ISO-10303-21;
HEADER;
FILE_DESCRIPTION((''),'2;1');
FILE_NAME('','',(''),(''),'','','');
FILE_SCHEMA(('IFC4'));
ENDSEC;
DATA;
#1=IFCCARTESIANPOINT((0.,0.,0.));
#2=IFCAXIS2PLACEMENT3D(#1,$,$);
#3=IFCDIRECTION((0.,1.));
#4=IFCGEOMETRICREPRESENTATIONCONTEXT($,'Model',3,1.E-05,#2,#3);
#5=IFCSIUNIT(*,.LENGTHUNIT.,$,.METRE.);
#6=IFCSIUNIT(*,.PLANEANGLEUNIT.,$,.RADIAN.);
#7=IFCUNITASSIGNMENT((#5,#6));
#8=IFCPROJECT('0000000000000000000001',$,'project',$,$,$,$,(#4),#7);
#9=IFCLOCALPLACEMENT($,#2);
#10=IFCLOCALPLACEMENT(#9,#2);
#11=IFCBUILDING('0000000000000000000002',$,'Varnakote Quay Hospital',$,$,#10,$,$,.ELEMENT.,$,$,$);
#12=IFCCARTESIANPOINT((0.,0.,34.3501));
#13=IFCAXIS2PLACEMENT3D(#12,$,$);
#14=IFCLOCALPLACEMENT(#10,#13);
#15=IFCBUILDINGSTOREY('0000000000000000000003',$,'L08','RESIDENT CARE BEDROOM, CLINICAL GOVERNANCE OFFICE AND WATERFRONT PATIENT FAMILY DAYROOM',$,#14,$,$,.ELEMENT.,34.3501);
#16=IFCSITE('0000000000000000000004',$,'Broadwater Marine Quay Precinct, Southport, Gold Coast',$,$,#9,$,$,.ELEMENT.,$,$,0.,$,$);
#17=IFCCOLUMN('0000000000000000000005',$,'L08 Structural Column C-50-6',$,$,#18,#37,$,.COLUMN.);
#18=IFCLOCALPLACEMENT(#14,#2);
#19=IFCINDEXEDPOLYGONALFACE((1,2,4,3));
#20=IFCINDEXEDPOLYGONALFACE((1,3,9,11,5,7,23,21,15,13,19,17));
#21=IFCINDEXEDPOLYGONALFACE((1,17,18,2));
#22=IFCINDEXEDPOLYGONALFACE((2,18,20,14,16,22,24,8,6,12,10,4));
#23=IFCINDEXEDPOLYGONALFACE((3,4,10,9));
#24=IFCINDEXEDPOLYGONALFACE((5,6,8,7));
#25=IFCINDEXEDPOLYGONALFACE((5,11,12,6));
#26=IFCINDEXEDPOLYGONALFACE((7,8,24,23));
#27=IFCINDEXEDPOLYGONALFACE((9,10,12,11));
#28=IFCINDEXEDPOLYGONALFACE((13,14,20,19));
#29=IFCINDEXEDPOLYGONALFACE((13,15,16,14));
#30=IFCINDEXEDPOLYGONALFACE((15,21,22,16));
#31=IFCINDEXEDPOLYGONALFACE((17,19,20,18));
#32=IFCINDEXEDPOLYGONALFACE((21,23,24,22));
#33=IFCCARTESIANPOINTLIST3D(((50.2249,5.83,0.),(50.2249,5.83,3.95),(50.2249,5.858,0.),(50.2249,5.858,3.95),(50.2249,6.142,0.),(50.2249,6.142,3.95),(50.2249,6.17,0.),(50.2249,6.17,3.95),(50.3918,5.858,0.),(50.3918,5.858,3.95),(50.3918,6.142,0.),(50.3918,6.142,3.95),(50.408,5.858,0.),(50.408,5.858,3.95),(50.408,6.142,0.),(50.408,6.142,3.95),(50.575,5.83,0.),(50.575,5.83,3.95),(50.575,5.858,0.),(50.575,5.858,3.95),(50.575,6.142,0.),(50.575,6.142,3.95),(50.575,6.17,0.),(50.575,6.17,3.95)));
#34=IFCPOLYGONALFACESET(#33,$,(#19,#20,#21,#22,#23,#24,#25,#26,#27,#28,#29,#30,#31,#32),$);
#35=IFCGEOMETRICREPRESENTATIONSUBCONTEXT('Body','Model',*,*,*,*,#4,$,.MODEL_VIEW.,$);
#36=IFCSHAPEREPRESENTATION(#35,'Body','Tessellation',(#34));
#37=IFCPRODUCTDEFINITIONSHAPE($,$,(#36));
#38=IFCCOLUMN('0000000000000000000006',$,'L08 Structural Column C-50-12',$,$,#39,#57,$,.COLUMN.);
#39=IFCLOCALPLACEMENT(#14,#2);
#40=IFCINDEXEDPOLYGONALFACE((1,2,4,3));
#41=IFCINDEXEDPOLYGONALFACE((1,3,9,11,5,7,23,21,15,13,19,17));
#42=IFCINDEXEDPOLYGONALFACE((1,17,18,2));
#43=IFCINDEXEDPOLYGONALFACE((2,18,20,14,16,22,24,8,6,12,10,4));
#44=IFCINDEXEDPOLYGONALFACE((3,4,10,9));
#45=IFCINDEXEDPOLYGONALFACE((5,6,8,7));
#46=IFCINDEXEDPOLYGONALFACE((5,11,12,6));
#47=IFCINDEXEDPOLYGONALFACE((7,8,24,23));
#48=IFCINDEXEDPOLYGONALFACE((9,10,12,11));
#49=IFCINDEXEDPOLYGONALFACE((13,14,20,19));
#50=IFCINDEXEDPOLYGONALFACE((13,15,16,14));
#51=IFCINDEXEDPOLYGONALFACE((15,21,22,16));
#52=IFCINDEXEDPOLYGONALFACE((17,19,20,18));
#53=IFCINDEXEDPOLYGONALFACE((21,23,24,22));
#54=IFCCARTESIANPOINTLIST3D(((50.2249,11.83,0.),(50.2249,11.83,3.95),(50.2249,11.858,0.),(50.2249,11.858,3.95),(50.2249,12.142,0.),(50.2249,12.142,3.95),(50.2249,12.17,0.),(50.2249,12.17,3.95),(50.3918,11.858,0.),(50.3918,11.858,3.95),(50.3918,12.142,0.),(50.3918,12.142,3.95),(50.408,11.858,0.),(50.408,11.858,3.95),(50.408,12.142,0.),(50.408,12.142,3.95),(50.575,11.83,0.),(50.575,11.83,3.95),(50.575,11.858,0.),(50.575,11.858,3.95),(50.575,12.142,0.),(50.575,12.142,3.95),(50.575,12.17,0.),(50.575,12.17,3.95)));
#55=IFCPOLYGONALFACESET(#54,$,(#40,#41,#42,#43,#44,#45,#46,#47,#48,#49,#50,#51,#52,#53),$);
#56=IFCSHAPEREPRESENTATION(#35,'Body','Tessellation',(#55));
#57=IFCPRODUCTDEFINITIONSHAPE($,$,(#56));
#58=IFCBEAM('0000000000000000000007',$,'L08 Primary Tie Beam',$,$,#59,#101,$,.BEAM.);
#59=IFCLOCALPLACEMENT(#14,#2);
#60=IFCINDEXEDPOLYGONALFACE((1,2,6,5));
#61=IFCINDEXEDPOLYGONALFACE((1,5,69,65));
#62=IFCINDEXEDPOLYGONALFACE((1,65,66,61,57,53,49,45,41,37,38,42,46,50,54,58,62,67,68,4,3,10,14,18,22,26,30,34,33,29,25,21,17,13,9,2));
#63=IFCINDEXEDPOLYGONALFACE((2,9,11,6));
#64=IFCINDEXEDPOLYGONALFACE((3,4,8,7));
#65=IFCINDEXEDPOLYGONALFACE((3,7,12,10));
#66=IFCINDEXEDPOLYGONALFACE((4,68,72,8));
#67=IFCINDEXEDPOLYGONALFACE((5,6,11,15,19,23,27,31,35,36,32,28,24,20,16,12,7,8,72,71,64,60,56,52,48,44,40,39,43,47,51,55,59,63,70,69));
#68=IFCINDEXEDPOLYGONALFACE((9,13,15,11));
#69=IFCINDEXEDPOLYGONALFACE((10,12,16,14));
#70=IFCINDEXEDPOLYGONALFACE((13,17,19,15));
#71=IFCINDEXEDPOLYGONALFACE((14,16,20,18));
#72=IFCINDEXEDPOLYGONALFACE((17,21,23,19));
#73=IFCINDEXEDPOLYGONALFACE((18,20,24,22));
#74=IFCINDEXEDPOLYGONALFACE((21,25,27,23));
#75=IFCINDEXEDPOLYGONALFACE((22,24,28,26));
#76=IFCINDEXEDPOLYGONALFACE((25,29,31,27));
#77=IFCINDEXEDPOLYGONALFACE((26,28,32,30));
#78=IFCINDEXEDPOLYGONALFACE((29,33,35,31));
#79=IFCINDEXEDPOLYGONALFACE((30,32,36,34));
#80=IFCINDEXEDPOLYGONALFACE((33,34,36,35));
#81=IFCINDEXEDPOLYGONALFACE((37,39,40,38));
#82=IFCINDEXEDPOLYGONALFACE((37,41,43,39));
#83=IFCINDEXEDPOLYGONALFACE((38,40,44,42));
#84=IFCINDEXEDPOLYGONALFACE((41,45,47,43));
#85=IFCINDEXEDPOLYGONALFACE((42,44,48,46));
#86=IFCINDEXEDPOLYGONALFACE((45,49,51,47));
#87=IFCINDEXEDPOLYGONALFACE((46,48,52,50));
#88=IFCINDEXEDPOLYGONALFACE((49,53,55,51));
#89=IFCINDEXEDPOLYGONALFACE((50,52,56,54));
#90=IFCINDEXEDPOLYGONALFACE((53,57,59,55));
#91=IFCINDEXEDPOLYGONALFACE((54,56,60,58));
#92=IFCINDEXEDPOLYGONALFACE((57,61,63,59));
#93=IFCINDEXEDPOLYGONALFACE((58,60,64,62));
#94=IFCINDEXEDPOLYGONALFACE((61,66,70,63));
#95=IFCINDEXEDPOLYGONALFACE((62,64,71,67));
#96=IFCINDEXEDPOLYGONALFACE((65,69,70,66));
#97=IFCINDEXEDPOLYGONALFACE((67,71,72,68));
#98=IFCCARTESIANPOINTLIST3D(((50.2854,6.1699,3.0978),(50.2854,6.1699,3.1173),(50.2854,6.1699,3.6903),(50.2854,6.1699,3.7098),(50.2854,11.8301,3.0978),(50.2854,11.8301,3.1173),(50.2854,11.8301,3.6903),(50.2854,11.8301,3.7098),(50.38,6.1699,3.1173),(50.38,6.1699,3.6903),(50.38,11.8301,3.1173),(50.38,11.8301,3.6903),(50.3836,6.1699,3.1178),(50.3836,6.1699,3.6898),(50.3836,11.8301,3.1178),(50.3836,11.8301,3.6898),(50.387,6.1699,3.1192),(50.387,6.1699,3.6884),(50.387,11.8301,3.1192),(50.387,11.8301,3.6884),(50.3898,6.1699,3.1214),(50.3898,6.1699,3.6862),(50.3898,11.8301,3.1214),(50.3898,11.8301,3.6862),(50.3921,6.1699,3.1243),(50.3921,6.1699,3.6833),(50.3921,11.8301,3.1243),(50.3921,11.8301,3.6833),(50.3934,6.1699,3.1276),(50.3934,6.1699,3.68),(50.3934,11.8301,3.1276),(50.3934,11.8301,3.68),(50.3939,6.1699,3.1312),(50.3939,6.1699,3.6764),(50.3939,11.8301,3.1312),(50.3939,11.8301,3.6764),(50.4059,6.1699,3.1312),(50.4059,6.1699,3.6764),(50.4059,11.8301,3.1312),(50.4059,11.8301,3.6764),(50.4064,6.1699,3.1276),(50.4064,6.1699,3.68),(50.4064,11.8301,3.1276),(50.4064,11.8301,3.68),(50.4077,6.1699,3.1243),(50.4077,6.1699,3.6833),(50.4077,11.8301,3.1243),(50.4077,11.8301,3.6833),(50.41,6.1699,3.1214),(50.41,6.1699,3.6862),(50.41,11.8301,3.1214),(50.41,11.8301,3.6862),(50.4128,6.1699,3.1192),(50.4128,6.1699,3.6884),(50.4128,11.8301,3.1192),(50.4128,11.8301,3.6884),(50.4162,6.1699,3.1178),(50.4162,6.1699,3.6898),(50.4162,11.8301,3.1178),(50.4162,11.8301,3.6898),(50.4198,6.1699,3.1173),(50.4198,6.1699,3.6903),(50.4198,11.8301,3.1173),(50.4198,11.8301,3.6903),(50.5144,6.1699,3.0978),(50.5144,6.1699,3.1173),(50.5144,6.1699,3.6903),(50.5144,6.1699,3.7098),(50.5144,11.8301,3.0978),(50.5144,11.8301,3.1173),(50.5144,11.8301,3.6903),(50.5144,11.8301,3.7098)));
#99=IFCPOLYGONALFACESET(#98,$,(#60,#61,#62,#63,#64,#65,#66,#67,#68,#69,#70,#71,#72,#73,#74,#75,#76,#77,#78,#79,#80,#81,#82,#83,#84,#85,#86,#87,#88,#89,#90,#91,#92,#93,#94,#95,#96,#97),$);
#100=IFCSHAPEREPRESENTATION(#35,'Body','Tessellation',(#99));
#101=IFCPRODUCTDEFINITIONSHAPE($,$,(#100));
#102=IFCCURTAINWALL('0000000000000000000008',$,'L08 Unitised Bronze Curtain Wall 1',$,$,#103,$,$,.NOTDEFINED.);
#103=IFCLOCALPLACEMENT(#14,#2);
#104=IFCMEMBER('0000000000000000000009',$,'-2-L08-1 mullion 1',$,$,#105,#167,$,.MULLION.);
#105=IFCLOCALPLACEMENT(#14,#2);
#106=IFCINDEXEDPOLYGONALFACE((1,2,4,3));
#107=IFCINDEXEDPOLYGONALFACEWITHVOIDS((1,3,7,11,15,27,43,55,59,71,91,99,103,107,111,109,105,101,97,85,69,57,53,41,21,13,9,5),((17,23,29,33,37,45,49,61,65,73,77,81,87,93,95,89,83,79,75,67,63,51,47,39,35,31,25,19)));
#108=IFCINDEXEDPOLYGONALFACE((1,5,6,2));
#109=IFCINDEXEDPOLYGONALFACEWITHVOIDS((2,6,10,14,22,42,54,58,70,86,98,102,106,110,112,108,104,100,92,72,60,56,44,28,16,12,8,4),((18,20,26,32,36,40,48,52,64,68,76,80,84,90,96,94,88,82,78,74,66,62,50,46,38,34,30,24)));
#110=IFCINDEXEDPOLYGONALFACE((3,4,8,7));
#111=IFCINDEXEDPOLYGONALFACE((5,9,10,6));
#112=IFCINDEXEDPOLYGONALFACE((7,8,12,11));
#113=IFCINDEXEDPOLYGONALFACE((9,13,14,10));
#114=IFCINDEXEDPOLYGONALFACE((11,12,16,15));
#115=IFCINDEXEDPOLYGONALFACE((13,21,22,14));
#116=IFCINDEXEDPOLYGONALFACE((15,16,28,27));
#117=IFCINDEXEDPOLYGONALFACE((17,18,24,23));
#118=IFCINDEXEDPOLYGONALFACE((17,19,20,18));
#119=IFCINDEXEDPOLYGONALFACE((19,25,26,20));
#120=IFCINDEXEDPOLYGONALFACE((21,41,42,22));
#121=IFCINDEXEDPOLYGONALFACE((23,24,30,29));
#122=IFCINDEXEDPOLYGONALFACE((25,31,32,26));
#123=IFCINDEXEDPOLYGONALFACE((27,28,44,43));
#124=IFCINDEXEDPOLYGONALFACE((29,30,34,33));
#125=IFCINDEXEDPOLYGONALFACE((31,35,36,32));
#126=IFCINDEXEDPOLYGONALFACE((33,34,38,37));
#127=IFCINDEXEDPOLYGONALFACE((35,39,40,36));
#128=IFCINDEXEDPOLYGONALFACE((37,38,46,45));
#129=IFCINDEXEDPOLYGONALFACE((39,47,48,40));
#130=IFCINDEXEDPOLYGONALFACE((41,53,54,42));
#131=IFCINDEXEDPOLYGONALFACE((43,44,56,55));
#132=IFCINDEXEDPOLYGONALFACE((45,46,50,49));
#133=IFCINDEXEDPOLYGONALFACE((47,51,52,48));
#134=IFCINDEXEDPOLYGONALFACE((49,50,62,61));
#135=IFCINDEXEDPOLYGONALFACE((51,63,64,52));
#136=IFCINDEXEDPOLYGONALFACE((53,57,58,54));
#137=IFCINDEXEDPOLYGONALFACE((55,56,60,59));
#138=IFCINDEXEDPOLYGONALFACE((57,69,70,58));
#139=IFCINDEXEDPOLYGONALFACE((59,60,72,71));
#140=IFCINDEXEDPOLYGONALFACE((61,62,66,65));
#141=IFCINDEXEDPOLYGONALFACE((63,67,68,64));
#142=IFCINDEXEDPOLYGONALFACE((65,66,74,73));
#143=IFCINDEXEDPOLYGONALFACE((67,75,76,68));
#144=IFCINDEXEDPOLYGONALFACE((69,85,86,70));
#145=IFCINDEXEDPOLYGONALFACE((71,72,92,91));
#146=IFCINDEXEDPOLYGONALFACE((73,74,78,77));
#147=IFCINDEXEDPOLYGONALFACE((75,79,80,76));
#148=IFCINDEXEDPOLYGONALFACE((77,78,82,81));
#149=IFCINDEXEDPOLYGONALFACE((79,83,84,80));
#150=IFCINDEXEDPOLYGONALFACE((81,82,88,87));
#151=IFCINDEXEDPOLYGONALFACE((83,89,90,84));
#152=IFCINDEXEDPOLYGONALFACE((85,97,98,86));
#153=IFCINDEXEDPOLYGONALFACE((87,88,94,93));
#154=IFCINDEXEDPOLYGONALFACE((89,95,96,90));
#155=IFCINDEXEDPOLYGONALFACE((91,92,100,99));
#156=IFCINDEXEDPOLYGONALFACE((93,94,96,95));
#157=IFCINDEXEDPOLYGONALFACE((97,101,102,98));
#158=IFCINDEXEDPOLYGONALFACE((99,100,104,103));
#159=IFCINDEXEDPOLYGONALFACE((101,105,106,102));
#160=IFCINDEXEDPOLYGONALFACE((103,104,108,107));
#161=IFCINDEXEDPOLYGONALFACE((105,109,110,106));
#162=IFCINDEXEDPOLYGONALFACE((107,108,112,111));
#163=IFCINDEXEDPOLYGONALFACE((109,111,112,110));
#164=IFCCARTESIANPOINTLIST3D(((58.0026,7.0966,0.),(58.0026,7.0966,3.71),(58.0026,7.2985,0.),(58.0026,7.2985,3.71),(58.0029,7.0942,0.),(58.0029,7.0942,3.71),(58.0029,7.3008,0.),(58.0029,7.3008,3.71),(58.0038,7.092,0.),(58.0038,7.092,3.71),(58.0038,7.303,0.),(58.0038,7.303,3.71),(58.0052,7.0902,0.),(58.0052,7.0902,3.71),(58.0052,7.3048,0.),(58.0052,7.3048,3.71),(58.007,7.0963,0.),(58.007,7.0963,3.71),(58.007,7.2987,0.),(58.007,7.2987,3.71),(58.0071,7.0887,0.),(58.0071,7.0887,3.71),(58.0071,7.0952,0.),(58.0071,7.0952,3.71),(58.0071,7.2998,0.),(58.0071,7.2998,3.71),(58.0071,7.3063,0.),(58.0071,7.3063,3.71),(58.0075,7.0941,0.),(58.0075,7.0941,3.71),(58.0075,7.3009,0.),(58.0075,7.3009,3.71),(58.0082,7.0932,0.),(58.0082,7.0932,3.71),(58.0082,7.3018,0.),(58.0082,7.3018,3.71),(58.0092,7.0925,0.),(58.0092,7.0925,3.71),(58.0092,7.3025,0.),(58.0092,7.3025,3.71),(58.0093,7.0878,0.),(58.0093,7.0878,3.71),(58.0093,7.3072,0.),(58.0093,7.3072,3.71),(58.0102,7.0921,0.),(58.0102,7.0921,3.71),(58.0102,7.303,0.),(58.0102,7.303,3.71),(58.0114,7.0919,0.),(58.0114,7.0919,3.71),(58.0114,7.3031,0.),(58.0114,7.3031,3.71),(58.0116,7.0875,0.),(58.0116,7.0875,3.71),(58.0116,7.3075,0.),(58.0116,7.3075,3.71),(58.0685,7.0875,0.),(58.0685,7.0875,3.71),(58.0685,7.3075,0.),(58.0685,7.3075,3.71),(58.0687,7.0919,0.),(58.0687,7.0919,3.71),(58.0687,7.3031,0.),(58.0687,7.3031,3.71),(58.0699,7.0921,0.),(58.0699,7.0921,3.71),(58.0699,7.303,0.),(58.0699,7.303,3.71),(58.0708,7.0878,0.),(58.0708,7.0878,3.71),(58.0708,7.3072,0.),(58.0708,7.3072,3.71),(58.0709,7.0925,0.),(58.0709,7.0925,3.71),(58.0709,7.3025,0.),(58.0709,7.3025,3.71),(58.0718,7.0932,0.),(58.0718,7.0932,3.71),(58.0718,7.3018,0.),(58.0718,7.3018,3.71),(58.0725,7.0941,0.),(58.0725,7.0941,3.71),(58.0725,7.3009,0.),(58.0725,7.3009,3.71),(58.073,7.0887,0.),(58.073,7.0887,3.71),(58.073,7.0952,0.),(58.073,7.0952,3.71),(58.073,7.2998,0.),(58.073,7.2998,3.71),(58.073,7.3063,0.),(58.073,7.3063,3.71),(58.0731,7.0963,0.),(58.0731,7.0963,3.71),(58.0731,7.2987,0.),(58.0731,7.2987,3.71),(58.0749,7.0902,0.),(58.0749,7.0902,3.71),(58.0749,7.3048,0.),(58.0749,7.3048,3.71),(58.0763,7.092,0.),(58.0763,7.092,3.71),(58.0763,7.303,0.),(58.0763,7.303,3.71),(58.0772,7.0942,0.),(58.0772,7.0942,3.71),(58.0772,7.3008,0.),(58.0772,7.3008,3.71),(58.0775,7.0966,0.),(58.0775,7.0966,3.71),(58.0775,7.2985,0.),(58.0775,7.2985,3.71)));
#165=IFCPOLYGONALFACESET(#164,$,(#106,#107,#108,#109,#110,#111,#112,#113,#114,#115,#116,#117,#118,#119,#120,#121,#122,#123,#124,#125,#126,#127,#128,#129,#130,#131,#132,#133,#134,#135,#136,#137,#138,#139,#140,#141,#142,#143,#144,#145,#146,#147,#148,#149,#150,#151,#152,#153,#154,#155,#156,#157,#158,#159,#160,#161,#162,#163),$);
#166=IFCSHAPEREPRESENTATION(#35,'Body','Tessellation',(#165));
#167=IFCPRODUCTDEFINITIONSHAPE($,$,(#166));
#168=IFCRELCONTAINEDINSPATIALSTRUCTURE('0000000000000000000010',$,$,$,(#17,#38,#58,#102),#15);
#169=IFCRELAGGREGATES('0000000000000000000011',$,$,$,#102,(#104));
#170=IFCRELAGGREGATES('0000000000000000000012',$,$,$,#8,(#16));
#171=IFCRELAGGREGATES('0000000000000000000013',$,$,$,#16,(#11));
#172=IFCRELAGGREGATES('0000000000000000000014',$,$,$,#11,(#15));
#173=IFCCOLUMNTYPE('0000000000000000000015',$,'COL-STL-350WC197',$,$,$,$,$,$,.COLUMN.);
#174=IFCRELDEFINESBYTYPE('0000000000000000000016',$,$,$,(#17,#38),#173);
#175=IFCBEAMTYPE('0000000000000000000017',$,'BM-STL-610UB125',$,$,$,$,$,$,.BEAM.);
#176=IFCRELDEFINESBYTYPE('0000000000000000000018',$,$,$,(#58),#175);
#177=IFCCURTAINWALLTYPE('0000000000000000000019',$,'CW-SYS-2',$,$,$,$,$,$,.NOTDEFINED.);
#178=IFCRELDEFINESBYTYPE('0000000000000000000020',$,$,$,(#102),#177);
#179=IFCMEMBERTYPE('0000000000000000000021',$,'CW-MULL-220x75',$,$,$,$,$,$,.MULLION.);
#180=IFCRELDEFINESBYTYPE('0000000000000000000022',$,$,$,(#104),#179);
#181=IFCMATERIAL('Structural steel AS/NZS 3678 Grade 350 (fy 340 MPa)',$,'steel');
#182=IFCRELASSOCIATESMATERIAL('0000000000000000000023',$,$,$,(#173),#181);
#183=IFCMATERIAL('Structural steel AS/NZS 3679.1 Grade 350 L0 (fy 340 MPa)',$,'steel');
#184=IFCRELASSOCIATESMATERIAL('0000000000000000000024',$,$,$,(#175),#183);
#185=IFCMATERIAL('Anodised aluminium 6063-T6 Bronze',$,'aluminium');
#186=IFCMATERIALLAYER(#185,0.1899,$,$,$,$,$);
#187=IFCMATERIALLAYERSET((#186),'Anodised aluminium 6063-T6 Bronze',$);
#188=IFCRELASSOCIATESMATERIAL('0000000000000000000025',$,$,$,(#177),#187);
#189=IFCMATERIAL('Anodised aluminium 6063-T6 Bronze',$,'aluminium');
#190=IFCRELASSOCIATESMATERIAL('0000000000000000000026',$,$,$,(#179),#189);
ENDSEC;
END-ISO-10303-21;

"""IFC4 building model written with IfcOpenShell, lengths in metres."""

from ifc_helpers import new_model, si_unit, direction, frame, origin, origin_2d, place, context, subcontext, project, spatial, hollow_rectangle, i_section, extrude, material, layer, layer_set, material_profile, profile_set, type_object, element, aggregate, save


model = new_model("IFC4")

# Units and contexts
model_context = context("Model", 3, precision=1e-05, world=origin(), true_north=direction((0.0, 1.0)))
body_context = subcontext(model_context, "Body", "Model", "MODEL_VIEW")
ifc_project = project(units=[si_unit("LENGTHUNIT", "METRE"), si_unit("PLANEANGLEUNIT", "RADIAN")], contexts=[model_context])

# Site, building, storey
site_placement = place(None, origin())
site = spatial("IfcSite", under=ifc_project, at=site_placement, Name="Broadwater Marine Quay Precinct, Southport, Gold Coast", CompositionType="ELEMENT", RefElevation=0.0)
building_placement = place(site_placement, origin())
building = spatial("IfcBuilding", under=site, at=building_placement, Name="Varnakote Quay Hospital", CompositionType="ELEMENT")
storey_placement = place(building_placement, frame((0.0, 0.0, 34.3501)))
storey = spatial("IfcBuildingStorey", under=building, at=storey_placement, Name="L08", Description="RESIDENT CARE BEDROOM, CLINICAL GOVERNANCE OFFICE AND WATERFRONT PATIENT FAMILY DAYROOM", CompositionType="ELEMENT", Elevation=34.3501)

# Columns
ifc_material_1 = material(Name="Structural steel AS/NZS 3678 Grade 350 (fy 340 MPa)", Category="steel")
ifc_material_profile_1 = material_profile(ifc_material_1, i_section(OverallWidth=0.3501, OverallDepth=0.3401, WebThickness=0.0161, FlangeThickness=0.0281, at=origin_2d()), Name="350WC197")
ifc_profile_set_1 = profile_set([ifc_material_profile_1], Name="Structural steel AS/NZS 3678 Grade 350 (fy 340 MPa)")
column_type = type_object("IfcColumnType", Name="COL-STL-350WC197", PredefinedType="COLUMN", material=ifc_profile_set_1)
for number, where, z_axis, x_axis, name in (
    (1, (50.3999, 6.0, 0.0), (0.0, 0.0, 1.0), (1.0, 0.0, 0.0), "L08 Structural Column C-50-6"),
    (2, (50.3999, 12.0, 0.0), (0.0, 0.0, 1.0), (1.0, 0.0, 0.0), "L08 Structural Column C-50-12"),
):
    element("IfcColumn", number, at=place(storey_placement, frame(where, z_axis=z_axis, x_axis=x_axis)), inside=storey, type_object=column_type, Name=name, PredefinedType="COLUMN", context=body_context, shape_type="SweptSolid", body=[
        extrude(i_section(OverallWidth=0.3501, OverallDepth=0.3401, WebThickness=0.0161, FlangeThickness=0.0281, at=origin_2d()), origin(), (0.0, 0.0, 1.0), 3.95),
    ])

# Beam
ifc_material_2 = material(Name="Structural steel AS/NZS 3679.1 Grade 350 L0 (fy 340 MPa)", Category="steel")
ifc_material_profile_2 = material_profile(ifc_material_2, i_section(OverallWidth=0.229, OverallDepth=0.6121, WebThickness=0.012, FlangeThickness=0.0195, FilletRadius=0.0139, at=origin_2d()), Name="610UB125")
ifc_profile_set_2 = profile_set([ifc_material_profile_2], Name="Structural steel AS/NZS 3679.1 Grade 350 L0 (fy 340 MPa)")
beam_type = type_object("IfcBeamType", Name="BM-STL-610UB125", PredefinedType="BEAM", material=ifc_profile_set_2)
beam_placement = place(storey_placement, frame((50.3999, 6.1699, 3.4038), z_axis=(0.0, 1.0, 0.0), x_axis=(-1.0, 0.0, 0.0)))
element("IfcBeam", 3, at=beam_placement, inside=storey, type_object=beam_type, Name="L08 Primary Tie Beam", PredefinedType="BEAM", context=body_context, shape_type="SweptSolid", body=[
    extrude(i_section(OverallWidth=0.229, OverallDepth=0.6121, WebThickness=0.012, FlangeThickness=0.0195, FilletRadius=0.0139, at=origin_2d()), origin(), (0.0, 0.0, 1.0), 5.6602),
])

# Curtain wall, member
ifc_material_3 = material(Name="Anodised aluminium 6063-T6 Bronze", Category="aluminium")
ifc_layer_1 = layer(ifc_material_3, 0.1899)
ifc_layer_set_1 = layer_set([ifc_layer_1], Name="Anodised aluminium 6063-T6 Bronze")
curtain_wall_type = type_object("IfcCurtainWallType", Name="CW-SYS-2", PredefinedType="NOTDEFINED", material=ifc_layer_set_1)
curtain_wall_placement = place(storey_placement, origin())
curtain_wall = element("IfcCurtainWall", 4, at=curtain_wall_placement, inside=storey, type_object=curtain_wall_type, Name="L08 Unitised Bronze Curtain Wall 1", PredefinedType="NOTDEFINED")
ifc_material_4 = material(Name="Anodised aluminium 6063-T6 Bronze", Category="aluminium")
ifc_material_profile_3 = material_profile(ifc_material_4, hollow_rectangle(XDim=0.075, YDim=0.22, WallThickness=0.0044, InnerFilletRadius=0.0044, OuterFilletRadius=0.009, at=origin_2d()), Name="CW-MULL-220x75")
ifc_profile_set_3 = profile_set([ifc_material_profile_3], Name="Anodised aluminium 6063-T6 Bronze")
member_type_1 = type_object("IfcMemberType", Name="CW-MULL-220x75", PredefinedType="MULLION", material=ifc_profile_set_3)
member_1_placement = place(storey_placement, frame((58.04, 7.1975, 0.0), z_axis=(0.0, 0.0, 1.0), x_axis=(-1.0, 0.0, 0.0)))
member_1 = element("IfcMember", 5, at=member_1_placement, type_object=member_type_1, Name="-2-L08-1 mullion 1", PredefinedType="MULLION", context=body_context, shape_type="SweptSolid", body=[
    extrude(hollow_rectangle(XDim=0.075, YDim=0.22, WallThickness=0.0044, InnerFilletRadius=0.0044, OuterFilletRadius=0.009, at=origin_2d()), origin(), (0.0, 0.0, 1.0), 3.71),
])
aggregate(curtain_wall, [member_1])

save(model, "model.ifc")
